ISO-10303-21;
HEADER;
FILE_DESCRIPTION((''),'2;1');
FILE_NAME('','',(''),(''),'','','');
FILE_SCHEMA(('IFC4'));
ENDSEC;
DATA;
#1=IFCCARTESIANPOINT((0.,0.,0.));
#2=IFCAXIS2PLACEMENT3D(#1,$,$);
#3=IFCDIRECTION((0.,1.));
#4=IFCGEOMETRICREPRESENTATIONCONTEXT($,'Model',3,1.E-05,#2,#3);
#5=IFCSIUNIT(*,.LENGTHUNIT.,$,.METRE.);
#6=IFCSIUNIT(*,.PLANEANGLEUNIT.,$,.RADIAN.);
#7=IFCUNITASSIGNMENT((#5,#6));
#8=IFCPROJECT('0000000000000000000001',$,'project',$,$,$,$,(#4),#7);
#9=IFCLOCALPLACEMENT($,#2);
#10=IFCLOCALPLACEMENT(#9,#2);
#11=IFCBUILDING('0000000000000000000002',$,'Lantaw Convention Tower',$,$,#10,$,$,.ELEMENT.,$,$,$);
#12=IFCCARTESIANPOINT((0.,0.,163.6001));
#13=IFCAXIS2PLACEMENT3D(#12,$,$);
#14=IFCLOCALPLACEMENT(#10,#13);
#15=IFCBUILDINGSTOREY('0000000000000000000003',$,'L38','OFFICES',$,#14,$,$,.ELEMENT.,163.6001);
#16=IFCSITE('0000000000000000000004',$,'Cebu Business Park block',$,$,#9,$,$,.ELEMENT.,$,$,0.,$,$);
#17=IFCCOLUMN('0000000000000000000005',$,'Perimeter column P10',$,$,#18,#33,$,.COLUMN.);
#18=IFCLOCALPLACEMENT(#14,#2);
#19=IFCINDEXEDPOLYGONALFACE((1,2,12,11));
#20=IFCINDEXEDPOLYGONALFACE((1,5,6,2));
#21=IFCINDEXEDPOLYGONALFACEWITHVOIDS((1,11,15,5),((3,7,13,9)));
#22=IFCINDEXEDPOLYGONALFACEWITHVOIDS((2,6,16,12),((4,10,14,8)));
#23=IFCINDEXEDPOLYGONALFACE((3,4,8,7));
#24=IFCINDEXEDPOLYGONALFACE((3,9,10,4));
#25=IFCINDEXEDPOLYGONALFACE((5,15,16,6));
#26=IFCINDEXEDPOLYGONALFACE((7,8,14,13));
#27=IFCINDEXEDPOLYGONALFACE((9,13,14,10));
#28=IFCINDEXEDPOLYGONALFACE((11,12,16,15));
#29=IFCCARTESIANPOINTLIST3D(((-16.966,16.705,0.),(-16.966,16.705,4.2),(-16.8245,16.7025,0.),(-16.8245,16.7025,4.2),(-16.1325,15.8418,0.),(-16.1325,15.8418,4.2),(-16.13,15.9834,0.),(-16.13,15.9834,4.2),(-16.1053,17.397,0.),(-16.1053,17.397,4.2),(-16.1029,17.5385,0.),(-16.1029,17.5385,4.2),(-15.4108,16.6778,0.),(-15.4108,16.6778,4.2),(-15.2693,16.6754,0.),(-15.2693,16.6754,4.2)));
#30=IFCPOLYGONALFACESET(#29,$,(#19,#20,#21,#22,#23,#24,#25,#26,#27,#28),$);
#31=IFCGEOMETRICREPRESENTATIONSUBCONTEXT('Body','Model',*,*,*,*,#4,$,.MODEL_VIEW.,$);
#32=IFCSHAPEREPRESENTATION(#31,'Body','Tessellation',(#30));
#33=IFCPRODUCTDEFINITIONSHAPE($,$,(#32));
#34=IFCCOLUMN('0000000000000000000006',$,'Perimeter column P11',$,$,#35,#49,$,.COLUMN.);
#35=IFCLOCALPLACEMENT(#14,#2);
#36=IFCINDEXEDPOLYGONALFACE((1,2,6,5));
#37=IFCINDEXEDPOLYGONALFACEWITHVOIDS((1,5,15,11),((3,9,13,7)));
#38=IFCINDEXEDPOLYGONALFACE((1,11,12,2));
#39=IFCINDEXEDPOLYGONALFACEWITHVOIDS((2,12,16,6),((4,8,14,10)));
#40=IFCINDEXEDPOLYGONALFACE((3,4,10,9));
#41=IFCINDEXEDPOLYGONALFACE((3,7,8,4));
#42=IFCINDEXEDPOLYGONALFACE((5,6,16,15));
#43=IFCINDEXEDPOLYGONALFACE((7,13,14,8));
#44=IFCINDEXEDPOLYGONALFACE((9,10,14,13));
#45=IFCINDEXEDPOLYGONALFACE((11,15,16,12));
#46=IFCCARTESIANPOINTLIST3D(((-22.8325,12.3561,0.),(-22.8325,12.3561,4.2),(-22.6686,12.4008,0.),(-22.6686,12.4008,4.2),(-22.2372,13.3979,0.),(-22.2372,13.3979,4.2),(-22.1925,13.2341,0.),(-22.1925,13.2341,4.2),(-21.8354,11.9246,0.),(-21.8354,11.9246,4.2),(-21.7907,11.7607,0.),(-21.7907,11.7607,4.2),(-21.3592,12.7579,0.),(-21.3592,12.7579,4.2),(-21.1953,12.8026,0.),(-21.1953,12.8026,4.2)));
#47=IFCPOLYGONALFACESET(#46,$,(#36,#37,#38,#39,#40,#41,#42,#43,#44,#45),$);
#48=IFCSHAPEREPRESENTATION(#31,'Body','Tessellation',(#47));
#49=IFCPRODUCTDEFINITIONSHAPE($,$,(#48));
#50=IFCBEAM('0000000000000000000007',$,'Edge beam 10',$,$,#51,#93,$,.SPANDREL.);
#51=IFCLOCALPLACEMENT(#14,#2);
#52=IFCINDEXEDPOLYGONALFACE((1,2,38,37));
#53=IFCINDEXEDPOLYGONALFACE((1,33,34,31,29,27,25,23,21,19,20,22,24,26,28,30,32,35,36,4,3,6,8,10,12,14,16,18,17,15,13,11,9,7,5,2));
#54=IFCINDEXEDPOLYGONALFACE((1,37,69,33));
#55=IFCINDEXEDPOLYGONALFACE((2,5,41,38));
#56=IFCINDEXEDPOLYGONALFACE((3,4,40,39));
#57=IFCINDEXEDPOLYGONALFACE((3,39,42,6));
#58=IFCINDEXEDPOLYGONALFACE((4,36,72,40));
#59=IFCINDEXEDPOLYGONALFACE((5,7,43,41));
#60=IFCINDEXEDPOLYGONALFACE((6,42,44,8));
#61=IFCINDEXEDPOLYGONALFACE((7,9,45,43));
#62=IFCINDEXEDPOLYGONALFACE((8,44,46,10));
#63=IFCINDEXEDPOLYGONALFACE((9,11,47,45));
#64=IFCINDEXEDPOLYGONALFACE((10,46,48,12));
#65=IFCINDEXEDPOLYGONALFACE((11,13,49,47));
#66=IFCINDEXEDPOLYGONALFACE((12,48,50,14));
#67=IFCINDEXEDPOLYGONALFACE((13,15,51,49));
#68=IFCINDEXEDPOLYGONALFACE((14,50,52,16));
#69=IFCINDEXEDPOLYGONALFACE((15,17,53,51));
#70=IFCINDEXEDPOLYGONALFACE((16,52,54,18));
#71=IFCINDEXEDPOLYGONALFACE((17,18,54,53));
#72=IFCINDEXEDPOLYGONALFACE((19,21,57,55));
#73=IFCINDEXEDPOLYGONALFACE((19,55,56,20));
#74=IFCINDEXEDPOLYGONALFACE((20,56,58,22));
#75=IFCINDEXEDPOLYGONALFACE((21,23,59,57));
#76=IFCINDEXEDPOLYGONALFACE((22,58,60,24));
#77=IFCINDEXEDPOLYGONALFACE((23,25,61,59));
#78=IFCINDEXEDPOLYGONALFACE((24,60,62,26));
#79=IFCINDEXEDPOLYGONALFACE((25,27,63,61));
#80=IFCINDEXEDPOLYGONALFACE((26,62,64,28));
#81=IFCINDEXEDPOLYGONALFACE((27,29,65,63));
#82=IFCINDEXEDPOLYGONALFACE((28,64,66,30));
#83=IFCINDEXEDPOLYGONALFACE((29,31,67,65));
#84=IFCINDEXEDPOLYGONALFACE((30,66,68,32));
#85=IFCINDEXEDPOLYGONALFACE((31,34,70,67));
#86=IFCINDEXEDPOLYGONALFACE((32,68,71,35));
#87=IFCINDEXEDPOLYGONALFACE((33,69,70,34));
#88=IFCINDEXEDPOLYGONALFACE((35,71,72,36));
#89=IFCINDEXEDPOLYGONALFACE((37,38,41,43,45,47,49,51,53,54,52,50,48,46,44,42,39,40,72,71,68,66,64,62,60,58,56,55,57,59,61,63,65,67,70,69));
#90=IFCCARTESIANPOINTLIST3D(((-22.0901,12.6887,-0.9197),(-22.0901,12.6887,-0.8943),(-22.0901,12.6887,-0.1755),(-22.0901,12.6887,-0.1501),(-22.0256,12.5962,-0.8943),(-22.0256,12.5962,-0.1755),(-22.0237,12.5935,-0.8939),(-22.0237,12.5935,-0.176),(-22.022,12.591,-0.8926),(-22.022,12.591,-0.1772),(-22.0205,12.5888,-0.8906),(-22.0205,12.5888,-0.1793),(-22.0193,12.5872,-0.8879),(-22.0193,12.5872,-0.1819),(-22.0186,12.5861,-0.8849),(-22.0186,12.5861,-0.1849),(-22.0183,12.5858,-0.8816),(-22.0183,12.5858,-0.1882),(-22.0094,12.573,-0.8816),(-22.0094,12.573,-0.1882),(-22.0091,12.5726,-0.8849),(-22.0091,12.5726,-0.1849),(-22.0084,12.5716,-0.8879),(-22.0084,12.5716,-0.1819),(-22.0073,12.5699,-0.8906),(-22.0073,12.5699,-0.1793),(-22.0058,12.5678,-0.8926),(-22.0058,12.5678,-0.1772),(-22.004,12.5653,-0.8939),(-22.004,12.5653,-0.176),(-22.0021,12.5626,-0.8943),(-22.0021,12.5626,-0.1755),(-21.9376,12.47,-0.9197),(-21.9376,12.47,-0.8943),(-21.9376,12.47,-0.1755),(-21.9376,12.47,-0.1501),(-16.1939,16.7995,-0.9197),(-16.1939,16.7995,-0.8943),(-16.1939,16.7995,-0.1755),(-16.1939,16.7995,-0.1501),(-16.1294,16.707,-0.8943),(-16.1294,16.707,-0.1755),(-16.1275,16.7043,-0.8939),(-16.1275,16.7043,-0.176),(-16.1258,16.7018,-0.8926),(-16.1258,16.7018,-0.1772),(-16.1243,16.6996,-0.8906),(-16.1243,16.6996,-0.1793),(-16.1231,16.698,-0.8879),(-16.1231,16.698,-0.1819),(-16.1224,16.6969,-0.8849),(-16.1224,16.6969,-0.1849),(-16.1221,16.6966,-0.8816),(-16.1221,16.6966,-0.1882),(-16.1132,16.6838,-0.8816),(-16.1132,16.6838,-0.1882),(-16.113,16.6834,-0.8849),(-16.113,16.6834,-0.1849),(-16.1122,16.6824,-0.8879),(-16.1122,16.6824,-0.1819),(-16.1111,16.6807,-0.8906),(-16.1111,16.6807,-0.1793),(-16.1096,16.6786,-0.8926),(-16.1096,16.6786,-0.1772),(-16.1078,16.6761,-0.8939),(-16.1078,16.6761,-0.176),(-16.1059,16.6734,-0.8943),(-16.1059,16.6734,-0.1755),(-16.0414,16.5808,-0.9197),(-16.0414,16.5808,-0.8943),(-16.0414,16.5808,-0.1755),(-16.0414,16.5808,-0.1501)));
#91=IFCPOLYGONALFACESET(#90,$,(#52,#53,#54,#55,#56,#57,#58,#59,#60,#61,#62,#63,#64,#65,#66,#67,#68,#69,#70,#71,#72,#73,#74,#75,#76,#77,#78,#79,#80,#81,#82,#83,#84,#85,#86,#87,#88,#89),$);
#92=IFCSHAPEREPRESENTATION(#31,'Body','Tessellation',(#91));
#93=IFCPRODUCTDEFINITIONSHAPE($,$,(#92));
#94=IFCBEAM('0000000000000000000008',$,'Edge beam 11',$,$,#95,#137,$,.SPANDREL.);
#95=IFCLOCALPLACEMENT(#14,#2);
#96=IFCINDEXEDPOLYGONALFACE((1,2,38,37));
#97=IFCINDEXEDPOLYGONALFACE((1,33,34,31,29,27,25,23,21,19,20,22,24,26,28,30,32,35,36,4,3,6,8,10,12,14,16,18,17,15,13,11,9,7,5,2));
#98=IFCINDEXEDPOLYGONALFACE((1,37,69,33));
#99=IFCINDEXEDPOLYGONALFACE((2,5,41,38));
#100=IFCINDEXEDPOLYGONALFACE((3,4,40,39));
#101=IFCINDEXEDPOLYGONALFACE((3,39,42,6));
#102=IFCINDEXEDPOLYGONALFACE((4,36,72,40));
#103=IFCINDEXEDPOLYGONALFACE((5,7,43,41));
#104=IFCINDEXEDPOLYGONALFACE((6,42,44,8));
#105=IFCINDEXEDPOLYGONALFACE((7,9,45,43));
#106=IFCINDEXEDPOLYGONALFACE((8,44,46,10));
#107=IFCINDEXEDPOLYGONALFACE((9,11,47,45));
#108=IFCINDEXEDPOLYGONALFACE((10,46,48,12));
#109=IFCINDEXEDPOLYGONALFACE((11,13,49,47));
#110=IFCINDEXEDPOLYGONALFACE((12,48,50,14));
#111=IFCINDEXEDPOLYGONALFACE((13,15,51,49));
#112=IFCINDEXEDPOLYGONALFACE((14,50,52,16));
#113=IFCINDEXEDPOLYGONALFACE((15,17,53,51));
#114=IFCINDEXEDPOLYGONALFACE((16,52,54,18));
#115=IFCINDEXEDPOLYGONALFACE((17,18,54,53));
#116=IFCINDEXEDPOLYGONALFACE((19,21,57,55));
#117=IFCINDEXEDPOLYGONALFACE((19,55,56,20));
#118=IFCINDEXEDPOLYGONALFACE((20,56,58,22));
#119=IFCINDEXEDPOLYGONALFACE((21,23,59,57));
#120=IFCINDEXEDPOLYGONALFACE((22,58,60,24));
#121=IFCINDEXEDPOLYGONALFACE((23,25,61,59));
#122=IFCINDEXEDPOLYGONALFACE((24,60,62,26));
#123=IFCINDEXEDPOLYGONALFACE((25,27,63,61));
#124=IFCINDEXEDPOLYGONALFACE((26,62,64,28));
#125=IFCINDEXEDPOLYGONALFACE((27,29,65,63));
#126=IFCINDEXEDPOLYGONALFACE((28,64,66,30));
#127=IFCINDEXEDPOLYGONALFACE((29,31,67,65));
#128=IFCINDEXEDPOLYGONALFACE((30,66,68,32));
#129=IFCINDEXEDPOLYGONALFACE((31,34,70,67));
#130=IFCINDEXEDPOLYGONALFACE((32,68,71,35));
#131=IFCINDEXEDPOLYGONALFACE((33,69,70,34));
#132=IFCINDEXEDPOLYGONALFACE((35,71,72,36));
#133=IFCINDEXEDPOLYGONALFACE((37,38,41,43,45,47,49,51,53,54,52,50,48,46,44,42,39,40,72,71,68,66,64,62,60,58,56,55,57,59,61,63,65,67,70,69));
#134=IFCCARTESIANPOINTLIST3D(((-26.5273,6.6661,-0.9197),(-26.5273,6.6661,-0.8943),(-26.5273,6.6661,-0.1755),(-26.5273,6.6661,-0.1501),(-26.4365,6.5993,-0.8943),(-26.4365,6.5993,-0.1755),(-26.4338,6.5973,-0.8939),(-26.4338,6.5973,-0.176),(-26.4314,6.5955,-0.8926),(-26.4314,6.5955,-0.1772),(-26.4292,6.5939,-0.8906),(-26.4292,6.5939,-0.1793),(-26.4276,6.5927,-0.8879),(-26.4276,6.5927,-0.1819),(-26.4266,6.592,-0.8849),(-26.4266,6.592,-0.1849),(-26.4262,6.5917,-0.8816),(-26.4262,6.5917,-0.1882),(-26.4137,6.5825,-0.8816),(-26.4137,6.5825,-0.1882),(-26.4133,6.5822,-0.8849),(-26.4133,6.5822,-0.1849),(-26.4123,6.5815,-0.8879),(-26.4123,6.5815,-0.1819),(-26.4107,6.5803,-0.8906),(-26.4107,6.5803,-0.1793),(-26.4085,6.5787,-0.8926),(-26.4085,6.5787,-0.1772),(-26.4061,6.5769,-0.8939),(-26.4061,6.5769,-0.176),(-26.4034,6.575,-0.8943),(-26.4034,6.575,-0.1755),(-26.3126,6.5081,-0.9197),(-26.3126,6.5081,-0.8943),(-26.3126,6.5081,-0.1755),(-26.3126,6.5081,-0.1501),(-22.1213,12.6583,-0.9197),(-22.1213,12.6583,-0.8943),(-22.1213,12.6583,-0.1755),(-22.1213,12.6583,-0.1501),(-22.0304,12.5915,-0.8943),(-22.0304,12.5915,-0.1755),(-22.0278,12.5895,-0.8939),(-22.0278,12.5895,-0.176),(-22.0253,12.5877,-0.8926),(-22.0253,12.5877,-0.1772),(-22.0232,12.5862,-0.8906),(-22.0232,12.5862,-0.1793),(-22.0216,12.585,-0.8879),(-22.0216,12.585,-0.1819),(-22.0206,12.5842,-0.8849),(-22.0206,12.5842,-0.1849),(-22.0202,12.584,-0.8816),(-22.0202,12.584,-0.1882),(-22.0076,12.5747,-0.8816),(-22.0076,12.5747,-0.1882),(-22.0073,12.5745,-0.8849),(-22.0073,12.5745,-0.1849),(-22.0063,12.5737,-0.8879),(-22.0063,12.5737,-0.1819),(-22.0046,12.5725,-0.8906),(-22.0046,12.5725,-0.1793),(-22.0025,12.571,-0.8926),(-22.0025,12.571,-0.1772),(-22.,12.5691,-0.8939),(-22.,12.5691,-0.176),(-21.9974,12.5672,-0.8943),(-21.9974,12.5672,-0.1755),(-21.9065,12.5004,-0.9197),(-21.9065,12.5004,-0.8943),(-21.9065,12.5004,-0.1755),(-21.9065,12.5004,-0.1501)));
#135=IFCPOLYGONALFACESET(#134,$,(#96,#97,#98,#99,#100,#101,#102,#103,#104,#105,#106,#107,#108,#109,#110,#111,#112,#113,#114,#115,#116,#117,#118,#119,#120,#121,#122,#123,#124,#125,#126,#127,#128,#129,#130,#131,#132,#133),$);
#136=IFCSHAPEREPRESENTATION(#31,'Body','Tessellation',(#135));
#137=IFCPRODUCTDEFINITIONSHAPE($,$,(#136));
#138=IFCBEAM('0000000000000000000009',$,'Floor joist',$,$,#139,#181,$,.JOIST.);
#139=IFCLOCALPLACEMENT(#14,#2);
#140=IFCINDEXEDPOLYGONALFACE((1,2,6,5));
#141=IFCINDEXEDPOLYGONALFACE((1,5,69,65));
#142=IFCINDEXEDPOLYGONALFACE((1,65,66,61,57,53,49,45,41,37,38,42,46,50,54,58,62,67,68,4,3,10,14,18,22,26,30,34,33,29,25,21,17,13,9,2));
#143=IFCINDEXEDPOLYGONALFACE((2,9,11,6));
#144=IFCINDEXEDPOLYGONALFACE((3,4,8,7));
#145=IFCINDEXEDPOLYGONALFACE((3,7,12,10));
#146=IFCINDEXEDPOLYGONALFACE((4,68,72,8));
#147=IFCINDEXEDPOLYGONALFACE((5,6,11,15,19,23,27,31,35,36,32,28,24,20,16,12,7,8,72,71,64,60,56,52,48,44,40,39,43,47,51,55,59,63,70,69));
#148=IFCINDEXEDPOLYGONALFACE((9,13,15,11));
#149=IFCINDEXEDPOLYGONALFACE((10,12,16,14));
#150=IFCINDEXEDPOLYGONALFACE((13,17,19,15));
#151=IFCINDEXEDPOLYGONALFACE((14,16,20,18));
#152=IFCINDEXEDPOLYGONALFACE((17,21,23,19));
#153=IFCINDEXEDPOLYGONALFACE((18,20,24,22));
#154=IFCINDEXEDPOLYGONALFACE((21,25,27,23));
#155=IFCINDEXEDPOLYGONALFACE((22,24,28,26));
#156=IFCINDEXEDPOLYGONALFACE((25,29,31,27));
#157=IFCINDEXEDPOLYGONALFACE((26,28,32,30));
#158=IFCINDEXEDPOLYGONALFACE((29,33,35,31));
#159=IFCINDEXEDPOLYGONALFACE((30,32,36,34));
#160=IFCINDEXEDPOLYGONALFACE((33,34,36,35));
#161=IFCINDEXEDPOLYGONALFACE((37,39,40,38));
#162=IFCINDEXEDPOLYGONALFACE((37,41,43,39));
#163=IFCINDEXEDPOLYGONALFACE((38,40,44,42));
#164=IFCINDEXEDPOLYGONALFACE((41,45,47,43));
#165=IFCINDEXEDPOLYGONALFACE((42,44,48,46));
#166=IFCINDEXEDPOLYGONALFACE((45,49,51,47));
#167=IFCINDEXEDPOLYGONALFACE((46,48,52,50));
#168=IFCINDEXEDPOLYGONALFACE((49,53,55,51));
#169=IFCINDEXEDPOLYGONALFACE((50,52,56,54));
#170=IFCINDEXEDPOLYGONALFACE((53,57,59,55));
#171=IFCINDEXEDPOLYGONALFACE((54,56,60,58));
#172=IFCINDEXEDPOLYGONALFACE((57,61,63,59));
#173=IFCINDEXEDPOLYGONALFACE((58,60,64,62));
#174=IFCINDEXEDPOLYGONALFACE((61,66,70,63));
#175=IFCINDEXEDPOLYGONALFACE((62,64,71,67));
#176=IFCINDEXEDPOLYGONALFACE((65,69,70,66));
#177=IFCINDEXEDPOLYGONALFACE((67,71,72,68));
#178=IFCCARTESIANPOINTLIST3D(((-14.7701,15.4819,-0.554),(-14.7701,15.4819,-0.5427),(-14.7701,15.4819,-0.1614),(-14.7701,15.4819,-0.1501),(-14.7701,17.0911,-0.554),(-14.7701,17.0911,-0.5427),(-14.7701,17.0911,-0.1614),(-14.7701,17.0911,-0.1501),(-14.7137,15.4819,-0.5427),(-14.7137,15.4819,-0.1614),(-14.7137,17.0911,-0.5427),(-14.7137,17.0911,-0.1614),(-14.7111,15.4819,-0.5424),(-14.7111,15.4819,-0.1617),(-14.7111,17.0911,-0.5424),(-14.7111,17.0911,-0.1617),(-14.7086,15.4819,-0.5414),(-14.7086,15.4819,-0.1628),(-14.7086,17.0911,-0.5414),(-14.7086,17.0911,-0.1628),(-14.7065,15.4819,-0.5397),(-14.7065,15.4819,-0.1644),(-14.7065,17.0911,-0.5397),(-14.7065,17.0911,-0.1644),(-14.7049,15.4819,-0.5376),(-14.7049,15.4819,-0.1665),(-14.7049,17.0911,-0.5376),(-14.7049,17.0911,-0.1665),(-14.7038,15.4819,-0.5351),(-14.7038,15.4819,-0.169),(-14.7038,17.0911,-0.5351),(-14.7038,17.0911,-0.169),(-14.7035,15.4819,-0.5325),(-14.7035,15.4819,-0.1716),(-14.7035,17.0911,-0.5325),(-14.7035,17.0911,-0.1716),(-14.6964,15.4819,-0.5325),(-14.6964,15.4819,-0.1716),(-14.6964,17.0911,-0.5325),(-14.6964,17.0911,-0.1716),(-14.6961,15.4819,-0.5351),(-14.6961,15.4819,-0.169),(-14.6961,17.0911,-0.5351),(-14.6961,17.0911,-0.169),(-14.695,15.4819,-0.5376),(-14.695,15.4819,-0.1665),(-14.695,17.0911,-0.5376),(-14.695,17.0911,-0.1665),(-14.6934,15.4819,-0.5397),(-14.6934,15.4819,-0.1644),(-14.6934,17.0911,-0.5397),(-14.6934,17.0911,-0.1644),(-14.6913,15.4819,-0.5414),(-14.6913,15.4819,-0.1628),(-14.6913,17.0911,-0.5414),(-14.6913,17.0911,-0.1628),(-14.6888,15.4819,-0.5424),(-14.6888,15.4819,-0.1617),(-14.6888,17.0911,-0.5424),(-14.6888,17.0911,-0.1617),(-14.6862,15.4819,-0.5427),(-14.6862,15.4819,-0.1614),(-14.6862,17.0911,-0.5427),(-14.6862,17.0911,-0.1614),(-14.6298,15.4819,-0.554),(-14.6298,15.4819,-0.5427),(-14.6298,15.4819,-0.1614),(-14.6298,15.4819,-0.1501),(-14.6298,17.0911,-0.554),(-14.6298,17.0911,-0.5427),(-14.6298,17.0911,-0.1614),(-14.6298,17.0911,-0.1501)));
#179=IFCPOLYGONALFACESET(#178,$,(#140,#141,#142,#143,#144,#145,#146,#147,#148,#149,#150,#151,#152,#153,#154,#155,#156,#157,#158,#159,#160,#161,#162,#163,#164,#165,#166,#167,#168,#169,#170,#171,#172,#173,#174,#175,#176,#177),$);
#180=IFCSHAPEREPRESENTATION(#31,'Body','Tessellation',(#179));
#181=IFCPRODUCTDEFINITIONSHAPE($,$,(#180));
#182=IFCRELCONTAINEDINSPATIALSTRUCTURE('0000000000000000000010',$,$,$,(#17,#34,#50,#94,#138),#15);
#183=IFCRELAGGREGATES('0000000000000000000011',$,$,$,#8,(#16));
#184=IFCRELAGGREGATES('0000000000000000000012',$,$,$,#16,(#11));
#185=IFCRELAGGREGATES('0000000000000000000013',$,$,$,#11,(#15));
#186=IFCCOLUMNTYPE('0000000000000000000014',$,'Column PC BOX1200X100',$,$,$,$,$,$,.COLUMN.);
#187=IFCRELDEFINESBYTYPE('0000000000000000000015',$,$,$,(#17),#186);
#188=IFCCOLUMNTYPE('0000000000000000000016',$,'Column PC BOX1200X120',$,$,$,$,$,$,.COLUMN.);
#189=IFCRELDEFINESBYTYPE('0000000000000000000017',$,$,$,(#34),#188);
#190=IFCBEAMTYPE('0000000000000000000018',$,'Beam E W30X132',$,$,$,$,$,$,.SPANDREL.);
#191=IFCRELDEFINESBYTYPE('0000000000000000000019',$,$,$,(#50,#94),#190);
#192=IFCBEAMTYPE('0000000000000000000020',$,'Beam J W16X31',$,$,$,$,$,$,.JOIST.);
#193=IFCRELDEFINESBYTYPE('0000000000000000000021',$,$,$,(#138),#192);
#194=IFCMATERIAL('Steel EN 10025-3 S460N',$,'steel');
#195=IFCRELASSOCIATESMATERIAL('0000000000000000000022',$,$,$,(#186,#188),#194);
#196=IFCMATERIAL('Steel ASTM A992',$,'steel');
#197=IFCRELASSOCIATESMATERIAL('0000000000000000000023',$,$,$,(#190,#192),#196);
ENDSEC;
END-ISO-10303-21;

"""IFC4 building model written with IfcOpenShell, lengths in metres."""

from ifc_helpers import new_model, si_unit, direction, frame, origin, origin_2d, place, context, subcontext, project, spatial, rectangle, hollow_rectangle, i_section, extrude, material, material_profile, profile_set, type_object, element, save


model = new_model("IFC4")

# Units and contexts
model_context = context("Model", 3, precision=1e-05, world=origin(), true_north=direction((0.0, 1.0)))
body_context = subcontext(model_context, "Body", "Model", "MODEL_VIEW")
ifc_project = project(units=[si_unit("LENGTHUNIT", "METRE"), si_unit("PLANEANGLEUNIT", "RADIAN")], contexts=[model_context])

# Site, building, storey
site_placement = place(None, origin())
site = spatial("IfcSite", under=ifc_project, at=site_placement, Name="Cebu Business Park block", CompositionType="ELEMENT", RefElevation=0.0)
building_placement = place(site_placement, origin())
building = spatial("IfcBuilding", under=site, at=building_placement, Name="Lantaw Convention Tower", CompositionType="ELEMENT")
storey_placement = place(building_placement, frame((0.0, 0.0, 163.6001)))
storey = spatial("IfcBuildingStorey", under=building, at=storey_placement, Name="L38", Description="OFFICES", CompositionType="ELEMENT", Elevation=163.6001)

# Columns
ifc_material_1 = material(Name="Steel EN 10025-3 S460N", Category="steel")
ifc_material_profile_1 = material_profile(ifc_material_1, hollow_rectangle(XDim=1.2, YDim=1.2, WallThickness=0.1001, at=origin_2d()), Name="BOX1200X100")
ifc_material_2 = material(Name="Concrete C60/75", Category="concrete")
ifc_material_profile_2 = material_profile(ifc_material_2, rectangle(XDim=1.0, YDim=1.0, at=origin_2d()), Name="Concrete fill of BOX1200X100")
ifc_profile_set_1 = profile_set([ifc_material_profile_1, ifc_material_profile_2], Name="Steel EN 10025-3 S460N")
column_type_1 = type_object("IfcColumnType", Name="Column PC BOX1200X100", PredefinedType="COLUMN", material=ifc_profile_set_1)
column_1_placement = place(storey_placement, frame((-16.1177, 16.6902, 0.0), z_axis=(0.0, 0.0, 1.0), x_axis=(0.71934, 0.694658, 0.0)))
element("IfcColumn", 1, at=column_1_placement, inside=storey, type_object=column_type_1, Name="Perimeter column P10", PredefinedType="COLUMN", context=body_context, shape_type="SweptSolid", body=[
    extrude(hollow_rectangle(XDim=1.2, YDim=1.2, WallThickness=0.1001, at=origin_2d()), origin(), (0.0, 0.0, 1.0), 4.2),
])
ifc_material_profile_3 = material_profile(ifc_material_1, hollow_rectangle(XDim=1.2, YDim=1.2, WallThickness=0.1201, at=origin_2d()), Name="BOX1200X120")
ifc_material_profile_4 = material_profile(ifc_material_2, rectangle(XDim=0.96, YDim=0.96, at=origin_2d()), Name="Concrete fill of BOX1200X120")
ifc_profile_set_2 = profile_set([ifc_material_profile_3, ifc_material_profile_4], Name="Steel EN 10025-3 S460N")
column_type_2 = type_object("IfcColumnType", Name="Column PC BOX1200X120", PredefinedType="COLUMN", material=ifc_profile_set_2)
column_2_placement = place(storey_placement, frame((-22.0139, 12.5793, 0.0), z_axis=(0.0, 0.0, 1.0), x_axis=(0.496139, 0.868243, 0.0)))
element("IfcColumn", 2, at=column_2_placement, inside=storey, type_object=column_type_2, Name="Perimeter column P11", PredefinedType="COLUMN", context=body_context, shape_type="SweptSolid", body=[
    extrude(hollow_rectangle(XDim=1.2, YDim=1.2, WallThickness=0.1201, at=origin_2d()), origin(), (0.0, 0.0, 1.0), 4.2),
])

# Beams
ifc_material_3 = material(Name="Steel ASTM A992", Category="steel")
ifc_material_profile_5 = material_profile(ifc_material_3, i_section(OverallWidth=0.2666, OverallDepth=0.7695, WebThickness=0.0156, FlangeThickness=0.0254, FilletRadius=0.0127, at=origin_2d()), Name="W30X132")
ifc_profile_set_3 = profile_set([ifc_material_profile_5], Name="Steel ASTM A992")
beam_type_1 = type_object("IfcBeamType", Name="Beam E W30X132", PredefinedType="SPANDREL", material=ifc_profile_set_3)
beam_1_placement = place(storey_placement, frame((-16.1177, 16.6902, -0.5349), z_axis=(-0.820311, -0.571918, 0.0), x_axis=(0.571918, -0.820311, 0.0)))
element("IfcBeam", 3, at=beam_1_placement, inside=storey, type_object=beam_type_1, Name="Edge beam 10", PredefinedType="SPANDREL", context=body_context, shape_type="SweptSolid", body=[
    extrude(i_section(OverallWidth=0.2666, OverallDepth=0.7695, WebThickness=0.0156, FlangeThickness=0.0254, FilletRadius=0.0127, at=origin_2d()), origin(), (0.0, 0.0, 1.0), 7.1877),
])
beam_2_placement = place(storey_placement, frame((-22.0139, 12.5793, -0.5349), z_axis=(-0.592389, -0.805652, 0.0), x_axis=(0.805652, -0.592389, 0.0)))
element("IfcBeam", 4, at=beam_2_placement, inside=storey, type_object=beam_type_1, Name="Edge beam 11", PredefinedType="SPANDREL", context=body_context, shape_type="SweptSolid", body=[
    extrude(i_section(OverallWidth=0.2666, OverallDepth=0.7695, WebThickness=0.0156, FlangeThickness=0.0254, FilletRadius=0.0127, at=origin_2d()), origin(), (0.0, 0.0, 1.0), 7.4377),
])
ifc_material_profile_6 = material_profile(ifc_material_3, i_section(OverallWidth=0.1404, OverallDepth=0.4038, WebThickness=0.0071, FlangeThickness=0.0112, FilletRadius=0.0103, at=origin_2d()), Name="W16X31")
ifc_profile_set_4 = profile_set([ifc_material_profile_6], Name="Steel ASTM A992")
beam_type_2 = type_object("IfcBeamType", Name="Beam J W16X31", PredefinedType="JOIST", material=ifc_profile_set_4)
beam_3_placement = place(storey_placement, frame((-14.7, 15.4819, -0.3521), z_axis=(0.0, 1.0, 0.0), x_axis=(-1.0, 0.0, 0.0)))
element("IfcBeam", 5, at=beam_3_placement, inside=storey, type_object=beam_type_2, Name="Floor joist", PredefinedType="JOIST", context=body_context, shape_type="SweptSolid", body=[
    extrude(i_section(OverallWidth=0.1404, OverallDepth=0.4038, WebThickness=0.0071, FlangeThickness=0.0112, FilletRadius=0.0103, at=origin_2d()), origin(), (0.0, 0.0, 1.0), 1.6091),
])

save(model, "model.ifc")
